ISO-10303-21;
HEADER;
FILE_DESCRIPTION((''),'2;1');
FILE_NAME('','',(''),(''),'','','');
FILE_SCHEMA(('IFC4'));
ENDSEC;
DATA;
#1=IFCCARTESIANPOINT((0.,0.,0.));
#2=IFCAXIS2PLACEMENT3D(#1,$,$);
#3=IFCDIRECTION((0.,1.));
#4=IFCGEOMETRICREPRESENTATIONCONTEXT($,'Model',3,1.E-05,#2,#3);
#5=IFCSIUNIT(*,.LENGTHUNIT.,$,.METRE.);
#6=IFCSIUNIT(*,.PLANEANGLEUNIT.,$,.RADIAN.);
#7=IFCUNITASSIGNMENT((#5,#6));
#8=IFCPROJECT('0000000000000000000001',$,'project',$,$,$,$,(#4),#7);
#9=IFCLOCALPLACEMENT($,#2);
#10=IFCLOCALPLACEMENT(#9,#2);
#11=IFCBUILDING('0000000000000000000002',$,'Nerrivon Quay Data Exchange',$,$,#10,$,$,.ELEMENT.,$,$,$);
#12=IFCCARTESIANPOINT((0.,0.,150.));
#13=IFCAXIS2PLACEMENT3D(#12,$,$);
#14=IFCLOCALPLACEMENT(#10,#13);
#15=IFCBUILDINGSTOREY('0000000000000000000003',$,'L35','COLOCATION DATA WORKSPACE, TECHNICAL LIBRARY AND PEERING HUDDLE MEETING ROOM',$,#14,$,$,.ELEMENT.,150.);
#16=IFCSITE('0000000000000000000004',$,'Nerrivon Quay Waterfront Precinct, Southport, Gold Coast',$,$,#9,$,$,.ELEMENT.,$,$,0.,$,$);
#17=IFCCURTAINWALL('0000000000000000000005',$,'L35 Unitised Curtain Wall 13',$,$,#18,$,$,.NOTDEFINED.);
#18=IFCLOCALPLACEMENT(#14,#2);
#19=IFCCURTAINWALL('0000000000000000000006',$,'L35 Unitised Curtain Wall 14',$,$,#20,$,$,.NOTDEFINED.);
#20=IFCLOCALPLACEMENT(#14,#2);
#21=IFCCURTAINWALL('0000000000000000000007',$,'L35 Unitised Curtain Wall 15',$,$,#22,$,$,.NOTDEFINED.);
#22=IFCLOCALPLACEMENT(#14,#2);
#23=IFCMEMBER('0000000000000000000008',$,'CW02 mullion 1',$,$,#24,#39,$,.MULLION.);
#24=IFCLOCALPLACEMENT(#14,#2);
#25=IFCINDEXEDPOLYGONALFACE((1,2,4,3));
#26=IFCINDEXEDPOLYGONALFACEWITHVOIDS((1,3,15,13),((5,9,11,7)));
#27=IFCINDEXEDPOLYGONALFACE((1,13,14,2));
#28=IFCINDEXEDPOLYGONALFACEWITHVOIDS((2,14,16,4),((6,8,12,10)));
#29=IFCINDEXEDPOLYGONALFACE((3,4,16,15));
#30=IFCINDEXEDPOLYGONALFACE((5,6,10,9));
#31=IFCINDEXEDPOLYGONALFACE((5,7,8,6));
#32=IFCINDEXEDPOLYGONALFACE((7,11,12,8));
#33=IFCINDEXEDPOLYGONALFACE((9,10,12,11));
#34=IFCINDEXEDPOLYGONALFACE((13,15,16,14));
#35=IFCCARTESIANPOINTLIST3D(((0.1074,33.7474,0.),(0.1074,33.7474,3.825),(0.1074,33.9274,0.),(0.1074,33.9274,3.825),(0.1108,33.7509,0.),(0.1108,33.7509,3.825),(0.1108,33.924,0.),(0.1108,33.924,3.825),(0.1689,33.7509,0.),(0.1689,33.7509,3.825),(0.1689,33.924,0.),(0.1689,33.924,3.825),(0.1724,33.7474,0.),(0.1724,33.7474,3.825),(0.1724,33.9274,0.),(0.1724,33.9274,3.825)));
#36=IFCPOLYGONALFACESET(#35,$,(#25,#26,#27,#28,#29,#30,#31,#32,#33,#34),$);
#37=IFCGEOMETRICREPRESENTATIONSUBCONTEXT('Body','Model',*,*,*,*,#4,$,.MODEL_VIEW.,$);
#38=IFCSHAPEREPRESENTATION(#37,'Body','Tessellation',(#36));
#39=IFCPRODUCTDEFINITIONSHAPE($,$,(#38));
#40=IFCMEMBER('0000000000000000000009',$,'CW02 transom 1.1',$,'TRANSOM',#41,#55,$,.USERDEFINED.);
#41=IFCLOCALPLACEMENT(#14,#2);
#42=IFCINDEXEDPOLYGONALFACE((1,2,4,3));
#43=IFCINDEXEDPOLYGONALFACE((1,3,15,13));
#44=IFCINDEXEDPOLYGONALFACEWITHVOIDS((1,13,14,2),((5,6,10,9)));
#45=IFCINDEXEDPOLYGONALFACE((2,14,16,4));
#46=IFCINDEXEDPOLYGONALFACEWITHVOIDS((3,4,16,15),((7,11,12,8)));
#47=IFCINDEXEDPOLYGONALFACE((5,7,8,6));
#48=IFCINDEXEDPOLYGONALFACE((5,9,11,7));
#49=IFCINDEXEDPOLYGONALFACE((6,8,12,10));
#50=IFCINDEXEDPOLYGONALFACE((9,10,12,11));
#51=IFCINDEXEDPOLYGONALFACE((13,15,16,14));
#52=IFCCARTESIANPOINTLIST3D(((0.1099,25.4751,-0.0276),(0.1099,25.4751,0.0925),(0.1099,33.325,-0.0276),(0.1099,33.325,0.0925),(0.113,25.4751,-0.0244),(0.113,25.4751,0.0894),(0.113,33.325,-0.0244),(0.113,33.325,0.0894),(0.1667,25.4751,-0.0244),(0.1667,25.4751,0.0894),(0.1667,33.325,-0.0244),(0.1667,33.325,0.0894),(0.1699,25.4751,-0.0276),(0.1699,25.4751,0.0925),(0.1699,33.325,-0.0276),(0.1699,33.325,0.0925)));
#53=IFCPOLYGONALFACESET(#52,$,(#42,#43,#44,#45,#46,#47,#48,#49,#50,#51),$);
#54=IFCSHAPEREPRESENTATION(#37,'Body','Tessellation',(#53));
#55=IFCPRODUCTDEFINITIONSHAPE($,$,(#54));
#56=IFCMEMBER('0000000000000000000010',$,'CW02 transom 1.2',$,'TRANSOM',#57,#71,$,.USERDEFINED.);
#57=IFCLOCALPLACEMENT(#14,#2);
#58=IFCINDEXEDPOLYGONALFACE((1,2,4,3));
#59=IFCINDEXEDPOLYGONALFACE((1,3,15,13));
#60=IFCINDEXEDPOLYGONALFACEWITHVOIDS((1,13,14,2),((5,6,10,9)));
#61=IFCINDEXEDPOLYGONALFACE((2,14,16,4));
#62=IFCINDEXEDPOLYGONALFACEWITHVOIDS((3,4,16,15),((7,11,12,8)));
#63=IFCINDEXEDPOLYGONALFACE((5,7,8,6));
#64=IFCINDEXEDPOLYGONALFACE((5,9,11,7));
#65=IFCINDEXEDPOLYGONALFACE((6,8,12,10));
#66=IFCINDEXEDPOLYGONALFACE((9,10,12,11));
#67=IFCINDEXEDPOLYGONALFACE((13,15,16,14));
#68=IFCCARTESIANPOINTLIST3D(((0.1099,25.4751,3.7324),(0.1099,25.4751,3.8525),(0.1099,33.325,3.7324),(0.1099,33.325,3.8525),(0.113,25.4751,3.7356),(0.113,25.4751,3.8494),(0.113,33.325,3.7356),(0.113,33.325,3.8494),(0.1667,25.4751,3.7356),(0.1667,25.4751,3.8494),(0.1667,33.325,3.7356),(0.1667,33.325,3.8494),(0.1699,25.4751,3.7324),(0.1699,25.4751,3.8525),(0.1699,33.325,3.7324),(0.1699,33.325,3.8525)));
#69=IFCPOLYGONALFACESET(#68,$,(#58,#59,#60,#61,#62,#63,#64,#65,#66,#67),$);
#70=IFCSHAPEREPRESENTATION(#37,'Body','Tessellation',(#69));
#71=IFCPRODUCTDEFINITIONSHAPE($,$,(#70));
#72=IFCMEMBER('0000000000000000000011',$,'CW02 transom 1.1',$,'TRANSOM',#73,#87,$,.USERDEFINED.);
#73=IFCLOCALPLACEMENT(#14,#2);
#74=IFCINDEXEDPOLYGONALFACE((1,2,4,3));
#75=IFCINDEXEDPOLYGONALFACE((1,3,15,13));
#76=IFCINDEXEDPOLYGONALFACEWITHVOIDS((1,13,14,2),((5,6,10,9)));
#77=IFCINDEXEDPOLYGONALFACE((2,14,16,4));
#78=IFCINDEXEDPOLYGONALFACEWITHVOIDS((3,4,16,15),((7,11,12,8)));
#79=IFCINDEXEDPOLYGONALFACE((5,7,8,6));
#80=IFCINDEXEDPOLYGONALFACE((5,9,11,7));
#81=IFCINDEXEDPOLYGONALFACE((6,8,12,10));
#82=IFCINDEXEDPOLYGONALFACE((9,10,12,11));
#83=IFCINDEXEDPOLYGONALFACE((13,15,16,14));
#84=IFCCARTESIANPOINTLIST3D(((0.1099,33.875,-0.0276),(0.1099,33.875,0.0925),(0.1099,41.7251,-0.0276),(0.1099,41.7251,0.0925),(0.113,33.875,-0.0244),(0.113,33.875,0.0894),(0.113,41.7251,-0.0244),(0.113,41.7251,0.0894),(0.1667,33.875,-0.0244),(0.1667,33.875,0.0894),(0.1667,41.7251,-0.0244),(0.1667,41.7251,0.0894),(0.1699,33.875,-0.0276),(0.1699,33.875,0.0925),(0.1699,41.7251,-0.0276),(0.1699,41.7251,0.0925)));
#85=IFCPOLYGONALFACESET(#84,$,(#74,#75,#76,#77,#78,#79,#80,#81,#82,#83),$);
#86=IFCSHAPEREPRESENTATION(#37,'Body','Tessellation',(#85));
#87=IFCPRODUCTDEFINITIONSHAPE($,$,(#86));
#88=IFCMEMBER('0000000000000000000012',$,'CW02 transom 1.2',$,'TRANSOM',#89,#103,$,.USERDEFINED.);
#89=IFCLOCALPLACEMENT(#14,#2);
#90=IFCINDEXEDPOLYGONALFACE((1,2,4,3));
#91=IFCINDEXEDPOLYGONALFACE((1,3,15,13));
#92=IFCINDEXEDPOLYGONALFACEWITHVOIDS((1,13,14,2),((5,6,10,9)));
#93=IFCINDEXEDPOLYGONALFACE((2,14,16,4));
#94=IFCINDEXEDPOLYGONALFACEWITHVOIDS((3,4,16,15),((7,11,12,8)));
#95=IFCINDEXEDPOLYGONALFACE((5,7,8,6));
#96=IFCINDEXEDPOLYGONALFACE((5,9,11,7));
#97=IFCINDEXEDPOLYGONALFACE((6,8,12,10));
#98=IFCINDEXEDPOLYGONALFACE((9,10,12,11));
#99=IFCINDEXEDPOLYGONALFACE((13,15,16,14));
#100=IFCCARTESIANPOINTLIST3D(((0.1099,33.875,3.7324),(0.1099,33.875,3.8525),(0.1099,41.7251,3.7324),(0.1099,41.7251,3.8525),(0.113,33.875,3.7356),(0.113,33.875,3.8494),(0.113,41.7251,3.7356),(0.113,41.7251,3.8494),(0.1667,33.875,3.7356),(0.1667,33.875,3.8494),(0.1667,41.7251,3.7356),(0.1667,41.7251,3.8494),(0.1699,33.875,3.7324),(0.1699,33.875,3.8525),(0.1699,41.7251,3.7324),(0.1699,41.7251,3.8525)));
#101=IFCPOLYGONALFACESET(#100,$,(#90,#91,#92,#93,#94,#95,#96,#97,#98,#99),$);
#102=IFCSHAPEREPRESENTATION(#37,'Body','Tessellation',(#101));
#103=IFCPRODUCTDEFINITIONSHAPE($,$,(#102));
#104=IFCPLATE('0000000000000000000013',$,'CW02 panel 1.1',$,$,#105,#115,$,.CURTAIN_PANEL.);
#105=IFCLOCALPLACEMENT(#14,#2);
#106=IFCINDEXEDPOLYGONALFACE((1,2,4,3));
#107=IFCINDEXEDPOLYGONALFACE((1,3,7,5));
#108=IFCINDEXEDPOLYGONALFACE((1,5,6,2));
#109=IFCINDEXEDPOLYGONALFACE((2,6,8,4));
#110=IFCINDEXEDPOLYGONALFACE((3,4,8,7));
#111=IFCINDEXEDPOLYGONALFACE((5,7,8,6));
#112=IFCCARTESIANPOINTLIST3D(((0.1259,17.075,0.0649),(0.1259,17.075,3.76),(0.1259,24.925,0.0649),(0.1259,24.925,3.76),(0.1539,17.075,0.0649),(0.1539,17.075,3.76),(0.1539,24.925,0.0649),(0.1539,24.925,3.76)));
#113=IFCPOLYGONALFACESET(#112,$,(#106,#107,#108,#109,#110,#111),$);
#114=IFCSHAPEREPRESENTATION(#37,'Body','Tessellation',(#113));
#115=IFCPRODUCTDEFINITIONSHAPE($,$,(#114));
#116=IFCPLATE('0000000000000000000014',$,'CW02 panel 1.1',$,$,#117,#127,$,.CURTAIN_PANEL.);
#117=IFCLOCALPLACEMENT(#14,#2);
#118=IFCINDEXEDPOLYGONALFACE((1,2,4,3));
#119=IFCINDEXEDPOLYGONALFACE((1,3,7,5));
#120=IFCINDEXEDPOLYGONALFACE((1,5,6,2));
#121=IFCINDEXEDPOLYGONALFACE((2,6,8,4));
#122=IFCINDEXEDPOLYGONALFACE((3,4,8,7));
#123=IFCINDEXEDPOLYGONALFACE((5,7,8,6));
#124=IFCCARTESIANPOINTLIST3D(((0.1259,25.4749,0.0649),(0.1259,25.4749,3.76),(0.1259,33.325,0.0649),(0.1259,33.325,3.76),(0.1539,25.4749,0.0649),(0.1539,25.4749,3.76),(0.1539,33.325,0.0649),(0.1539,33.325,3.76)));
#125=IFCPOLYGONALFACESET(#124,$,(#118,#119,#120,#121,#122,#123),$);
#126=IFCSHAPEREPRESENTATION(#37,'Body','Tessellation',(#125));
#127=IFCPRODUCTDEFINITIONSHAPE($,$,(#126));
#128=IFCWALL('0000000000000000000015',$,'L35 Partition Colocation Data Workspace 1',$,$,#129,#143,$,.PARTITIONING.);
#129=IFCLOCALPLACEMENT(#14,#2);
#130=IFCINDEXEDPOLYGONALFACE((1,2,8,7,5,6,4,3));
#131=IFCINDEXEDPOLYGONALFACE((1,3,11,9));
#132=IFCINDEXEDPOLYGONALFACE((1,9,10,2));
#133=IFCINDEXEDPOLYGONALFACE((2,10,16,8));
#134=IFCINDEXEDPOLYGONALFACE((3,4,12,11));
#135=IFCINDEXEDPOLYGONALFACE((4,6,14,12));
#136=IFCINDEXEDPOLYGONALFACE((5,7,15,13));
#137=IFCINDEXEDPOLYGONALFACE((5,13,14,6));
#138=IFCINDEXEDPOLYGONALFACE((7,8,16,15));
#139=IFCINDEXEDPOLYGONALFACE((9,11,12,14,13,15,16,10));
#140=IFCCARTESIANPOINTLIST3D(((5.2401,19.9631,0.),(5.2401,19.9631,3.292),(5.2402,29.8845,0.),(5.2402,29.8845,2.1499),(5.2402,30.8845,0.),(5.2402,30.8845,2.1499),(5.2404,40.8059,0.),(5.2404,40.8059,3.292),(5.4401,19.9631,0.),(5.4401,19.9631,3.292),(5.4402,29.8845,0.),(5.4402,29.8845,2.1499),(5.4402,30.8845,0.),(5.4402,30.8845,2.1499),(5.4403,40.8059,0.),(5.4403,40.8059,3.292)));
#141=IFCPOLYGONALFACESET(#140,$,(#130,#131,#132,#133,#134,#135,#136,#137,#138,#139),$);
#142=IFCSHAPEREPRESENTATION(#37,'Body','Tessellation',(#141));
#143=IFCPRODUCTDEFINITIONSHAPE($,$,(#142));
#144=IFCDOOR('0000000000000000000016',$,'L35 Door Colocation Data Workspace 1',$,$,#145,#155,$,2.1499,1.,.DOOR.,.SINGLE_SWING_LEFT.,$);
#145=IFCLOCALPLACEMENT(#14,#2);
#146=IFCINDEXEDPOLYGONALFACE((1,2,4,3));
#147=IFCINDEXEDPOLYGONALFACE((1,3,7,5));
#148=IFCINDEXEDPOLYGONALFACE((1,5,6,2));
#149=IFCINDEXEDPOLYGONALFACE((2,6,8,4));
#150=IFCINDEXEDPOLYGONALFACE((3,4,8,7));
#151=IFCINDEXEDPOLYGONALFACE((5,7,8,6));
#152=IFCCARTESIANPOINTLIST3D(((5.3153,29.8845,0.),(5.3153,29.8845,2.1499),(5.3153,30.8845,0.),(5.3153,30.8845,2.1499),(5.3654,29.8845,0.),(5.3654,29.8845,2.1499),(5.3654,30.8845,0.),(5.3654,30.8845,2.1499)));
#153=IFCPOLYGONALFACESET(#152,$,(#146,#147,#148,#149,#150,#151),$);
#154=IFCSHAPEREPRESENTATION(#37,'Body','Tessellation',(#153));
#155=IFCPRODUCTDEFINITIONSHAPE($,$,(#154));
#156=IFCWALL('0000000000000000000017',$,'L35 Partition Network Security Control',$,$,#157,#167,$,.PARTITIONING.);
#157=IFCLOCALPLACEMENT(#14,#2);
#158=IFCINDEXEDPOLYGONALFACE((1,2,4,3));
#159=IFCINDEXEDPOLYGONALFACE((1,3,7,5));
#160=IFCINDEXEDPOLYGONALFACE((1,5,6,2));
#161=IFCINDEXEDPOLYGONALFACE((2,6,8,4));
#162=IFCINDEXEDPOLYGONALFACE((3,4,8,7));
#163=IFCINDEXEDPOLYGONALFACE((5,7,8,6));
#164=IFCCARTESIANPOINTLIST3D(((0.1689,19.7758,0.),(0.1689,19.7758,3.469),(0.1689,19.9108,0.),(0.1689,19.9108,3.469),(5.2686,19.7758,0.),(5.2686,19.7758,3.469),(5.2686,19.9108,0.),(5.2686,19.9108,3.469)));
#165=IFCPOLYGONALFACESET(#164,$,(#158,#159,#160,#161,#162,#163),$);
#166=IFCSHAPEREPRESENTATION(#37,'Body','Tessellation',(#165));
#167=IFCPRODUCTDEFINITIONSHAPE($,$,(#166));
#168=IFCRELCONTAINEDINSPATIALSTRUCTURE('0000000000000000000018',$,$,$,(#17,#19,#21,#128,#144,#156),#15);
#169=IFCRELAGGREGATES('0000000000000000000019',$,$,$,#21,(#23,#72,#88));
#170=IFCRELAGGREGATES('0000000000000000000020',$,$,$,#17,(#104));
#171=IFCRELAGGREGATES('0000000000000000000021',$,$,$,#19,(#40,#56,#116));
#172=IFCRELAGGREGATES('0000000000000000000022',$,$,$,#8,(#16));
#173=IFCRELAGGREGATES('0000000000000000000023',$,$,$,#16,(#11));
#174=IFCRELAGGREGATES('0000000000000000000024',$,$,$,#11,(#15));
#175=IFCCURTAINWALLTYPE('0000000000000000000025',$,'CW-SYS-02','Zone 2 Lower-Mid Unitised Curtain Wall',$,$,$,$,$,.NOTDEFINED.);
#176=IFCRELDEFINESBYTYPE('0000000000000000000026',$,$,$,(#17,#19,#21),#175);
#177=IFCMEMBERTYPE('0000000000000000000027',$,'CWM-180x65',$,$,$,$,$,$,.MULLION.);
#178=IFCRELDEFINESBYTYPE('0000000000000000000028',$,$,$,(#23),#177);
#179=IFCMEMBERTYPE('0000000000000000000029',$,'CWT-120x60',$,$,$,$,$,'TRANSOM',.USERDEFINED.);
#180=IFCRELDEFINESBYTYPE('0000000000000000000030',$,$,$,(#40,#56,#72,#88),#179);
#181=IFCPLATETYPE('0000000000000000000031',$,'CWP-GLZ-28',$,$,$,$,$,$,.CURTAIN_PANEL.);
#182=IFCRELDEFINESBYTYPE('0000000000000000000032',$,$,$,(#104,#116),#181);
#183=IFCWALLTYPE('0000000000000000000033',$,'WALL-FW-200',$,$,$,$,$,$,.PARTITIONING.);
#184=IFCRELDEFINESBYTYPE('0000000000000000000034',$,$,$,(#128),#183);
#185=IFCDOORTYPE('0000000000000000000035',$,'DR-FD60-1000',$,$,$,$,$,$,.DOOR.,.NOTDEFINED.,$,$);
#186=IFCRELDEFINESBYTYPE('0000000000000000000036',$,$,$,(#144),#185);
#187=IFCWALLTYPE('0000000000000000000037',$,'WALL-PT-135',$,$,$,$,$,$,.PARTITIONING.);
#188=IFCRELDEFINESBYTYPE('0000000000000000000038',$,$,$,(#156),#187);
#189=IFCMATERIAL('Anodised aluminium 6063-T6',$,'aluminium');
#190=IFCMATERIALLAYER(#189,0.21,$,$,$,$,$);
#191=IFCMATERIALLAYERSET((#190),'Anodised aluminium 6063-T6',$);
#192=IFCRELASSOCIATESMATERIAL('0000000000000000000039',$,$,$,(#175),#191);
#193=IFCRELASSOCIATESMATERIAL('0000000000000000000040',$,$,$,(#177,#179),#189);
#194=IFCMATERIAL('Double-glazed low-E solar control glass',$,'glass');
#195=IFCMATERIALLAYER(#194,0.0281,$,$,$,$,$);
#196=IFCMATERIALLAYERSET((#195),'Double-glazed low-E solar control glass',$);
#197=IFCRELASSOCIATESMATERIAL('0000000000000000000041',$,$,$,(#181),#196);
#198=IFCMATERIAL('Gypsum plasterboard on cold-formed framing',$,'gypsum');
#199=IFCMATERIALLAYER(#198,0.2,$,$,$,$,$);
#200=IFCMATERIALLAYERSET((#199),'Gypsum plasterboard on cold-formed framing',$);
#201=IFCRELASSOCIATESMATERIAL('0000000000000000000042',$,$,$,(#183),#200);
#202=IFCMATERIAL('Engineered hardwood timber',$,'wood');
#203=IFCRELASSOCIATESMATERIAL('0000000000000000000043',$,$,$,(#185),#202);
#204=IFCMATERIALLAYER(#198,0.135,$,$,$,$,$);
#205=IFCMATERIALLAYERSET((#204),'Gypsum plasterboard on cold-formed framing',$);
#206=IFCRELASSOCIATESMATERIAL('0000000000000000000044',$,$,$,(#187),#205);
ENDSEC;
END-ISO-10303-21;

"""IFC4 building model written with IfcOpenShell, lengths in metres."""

from ifc_helpers import new_model, si_unit, direction, frame, frame_2d, origin, origin_2d, place, context, subcontext, project, spatial, rectangle, hollow_rectangle, extrude, material, layer, layer_set, material_profile, profile_set, type_object, element, fill, aggregate, save


model = new_model("IFC4")

# Units and contexts
model_context = context("Model", 3, precision=1e-05, world=origin(), true_north=direction((0.0, 1.0)))
body_context = subcontext(model_context, "Body", "Model", "MODEL_VIEW")
ifc_project = project(units=[si_unit("LENGTHUNIT", "METRE"), si_unit("PLANEANGLEUNIT", "RADIAN")], contexts=[model_context])

# Site, building, storey
site_placement = place(None, origin())
site = spatial("IfcSite", under=ifc_project, at=site_placement, Name="Nerrivon Quay Waterfront Precinct, Southport, Gold Coast", CompositionType="ELEMENT", RefElevation=0.0)
building_placement = place(site_placement, origin())
building = spatial("IfcBuilding", under=site, at=building_placement, Name="Nerrivon Quay Data Exchange", CompositionType="ELEMENT")
storey_placement = place(building_placement, frame((0.0, 0.0, 150.0)))
storey = spatial("IfcBuildingStorey", under=building, at=storey_placement, Name="L35", Description="COLOCATION DATA WORKSPACE, TECHNICAL LIBRARY AND PEERING HUDDLE MEETING ROOM", CompositionType="ELEMENT", Elevation=150.0)

# Curtain wall
ifc_material_1 = material(Name="Anodised aluminium 6063-T6", Category="aluminium")
ifc_layer_1 = layer(ifc_material_1, 0.21)
ifc_layer_set_1 = layer_set([ifc_layer_1], Name="Anodised aluminium 6063-T6")
curtain_wall_type = type_object("IfcCurtainWallType", Name="CW-SYS-02", Description="Zone 2 Lower-Mid Unitised Curtain Wall", PredefinedType="NOTDEFINED", material=ifc_layer_set_1)
curtain_wall_1_placement = place(storey_placement, origin())
curtain_wall_1 = element("IfcCurtainWall", 1, at=curtain_wall_1_placement, inside=storey, type_object=curtain_wall_type, Name="L35 Unitised Curtain Wall 13", PredefinedType="NOTDEFINED")
ifc_material_profile_1 = material_profile(ifc_material_1, hollow_rectangle(XDim=0.0649, YDim=0.1799, WallThickness=0.0034, at=origin_2d()), Name="ALU-MULL-180x65")
ifc_profile_set_1 = profile_set([ifc_material_profile_1], Name="Anodised aluminium 6063-T6")
member_type_1 = type_object("IfcMemberType", Name="CWM-180x65", PredefinedType="MULLION", material=ifc_profile_set_1)

# Curtain wall
curtain_wall_2_placement = place(storey_placement, origin())
curtain_wall_2 = element("IfcCurtainWall", 2, at=curtain_wall_2_placement, inside=storey, type_object=curtain_wall_type, Name="L35 Unitised Curtain Wall 14", PredefinedType="NOTDEFINED")

# Curtain wall, member
curtain_wall_3_placement = place(storey_placement, origin())
curtain_wall_3 = element("IfcCurtainWall", 3, at=curtain_wall_3_placement, inside=storey, type_object=curtain_wall_type, Name="L35 Unitised Curtain Wall 15", PredefinedType="NOTDEFINED")
member_1_placement = place(storey_placement, frame((0.1399, 33.8374, 0.0), z_axis=(0.0, 0.0, 1.0), x_axis=(-1.0, 0.0, 0.0)))
member_1 = element("IfcMember", 4, at=member_1_placement, type_object=member_type_1, Name="CW02 mullion 1", PredefinedType="MULLION", context=body_context, shape_type="SweptSolid", body=[
    extrude(hollow_rectangle(XDim=0.0649, YDim=0.1799, WallThickness=0.0034, at=origin_2d()), origin(), (0.0, 0.0, 1.0), 3.825),
])

# Members
ifc_material_profile_2 = material_profile(ifc_material_1, hollow_rectangle(XDim=0.0601, YDim=0.1201, WallThickness=0.0032, at=origin_2d()), Name="ALU-TRAN-120x60")
ifc_profile_set_2 = profile_set([ifc_material_profile_2], Name="Anodised aluminium 6063-T6")
member_type_2 = type_object("IfcMemberType", Name="CWT-120x60", ElementType="TRANSOM", PredefinedType="USERDEFINED", material=ifc_profile_set_2)
member_2_placement = place(storey_placement, frame((0.1399, 25.4751, 0.0325), z_axis=(0.0, 1.0, 0.0), x_axis=(-1.0, 0.0, 0.0)))
member_2 = element("IfcMember", 5, at=member_2_placement, type_object=member_type_2, Name="CW02 transom 1.1", ObjectType="TRANSOM", PredefinedType="USERDEFINED", context=body_context, shape_type="SweptSolid", body=[
    extrude(hollow_rectangle(XDim=0.0601, YDim=0.1201, WallThickness=0.0032, at=origin_2d()), origin(), (0.0, 0.0, 1.0), 7.8499),
])
member_3_placement = place(storey_placement, frame((0.1399, 25.4751, 3.7925), z_axis=(0.0, 1.0, 0.0), x_axis=(-1.0, 0.0, 0.0)))
member_3 = element("IfcMember", 6, at=member_3_placement, type_object=member_type_2, Name="CW02 transom 1.2", ObjectType="TRANSOM", PredefinedType="USERDEFINED", context=body_context, shape_type="SweptSolid", body=[
    extrude(hollow_rectangle(XDim=0.0601, YDim=0.1201, WallThickness=0.0032, at=origin_2d()), origin(), (0.0, 0.0, 1.0), 7.8499),
])
member_4_placement = place(storey_placement, frame((0.1399, 33.875, 0.0325), z_axis=(0.0, 1.0, 0.0), x_axis=(-1.0, 0.0, 0.0)))
member_4 = element("IfcMember", 7, at=member_4_placement, type_object=member_type_2, Name="CW02 transom 1.1", ObjectType="TRANSOM", PredefinedType="USERDEFINED", context=body_context, shape_type="SweptSolid", body=[
    extrude(hollow_rectangle(XDim=0.0601, YDim=0.1201, WallThickness=0.0032, at=origin_2d()), origin(), (0.0, 0.0, 1.0), 7.8501),
])
member_5_placement = place(storey_placement, frame((0.1399, 33.875, 3.7925), z_axis=(0.0, 1.0, 0.0), x_axis=(-1.0, 0.0, 0.0)))
member_5 = element("IfcMember", 8, at=member_5_placement, type_object=member_type_2, Name="CW02 transom 1.2", ObjectType="TRANSOM", PredefinedType="USERDEFINED", context=body_context, shape_type="SweptSolid", body=[
    extrude(hollow_rectangle(XDim=0.0601, YDim=0.1201, WallThickness=0.0032, at=origin_2d()), origin(), (0.0, 0.0, 1.0), 7.8501),
])
aggregate(curtain_wall_3, [member_1, member_4, member_5])

# Plates
ifc_material_2 = material(Name="Double-glazed low-E solar control glass", Category="glass")
ifc_layer_2 = layer(ifc_material_2, 0.0281)
ifc_layer_set_2 = layer_set([ifc_layer_2], Name="Double-glazed low-E solar control glass")
plate_type = type_object("IfcPlateType", Name="CWP-GLZ-28", PredefinedType="CURTAIN_PANEL", material=ifc_layer_set_2)
plate_1_placement = place(storey_placement, frame((0.1399, 21.0, 0.0649), z_axis=(0.0, 0.0, 1.0), x_axis=(0.0, 1.0, 0.0)))
plate_1 = element("IfcPlate", 9, at=plate_1_placement, type_object=plate_type, Name="CW02 panel 1.1", PredefinedType="CURTAIN_PANEL", context=body_context, shape_type="SweptSolid", body=[
    extrude(rectangle(XDim=7.8501, YDim=0.0281, at=origin_2d()), origin(), (0.0, 0.0, 1.0), 3.6951),
])
aggregate(curtain_wall_1, [plate_1])
plate_2_placement = place(storey_placement, frame((0.1399, 29.3999, 0.0649), z_axis=(0.0, 0.0, 1.0), x_axis=(0.0, 1.0, 0.0)))
plate_2 = element("IfcPlate", 10, at=plate_2_placement, type_object=plate_type, Name="CW02 panel 1.1", PredefinedType="CURTAIN_PANEL", context=body_context, shape_type="SweptSolid", body=[
    extrude(rectangle(XDim=7.8501, YDim=0.0281, at=origin_2d()), origin(), (0.0, 0.0, 1.0), 3.6951),
])
aggregate(curtain_wall_2, [member_2, member_3, plate_2])

# Wall, opening, door
ifc_material_3 = material(Name="Gypsum plasterboard on cold-formed framing", Category="gypsum")
ifc_layer_3 = layer(ifc_material_3, 0.2)
ifc_layer_set_3 = layer_set([ifc_layer_3], Name="Gypsum plasterboard on cold-formed framing")
wall_type_1 = type_object("IfcWallType", Name="WALL-FW-200", PredefinedType="PARTITIONING", material=ifc_layer_set_3)
wall_1_placement = place(storey_placement, frame((5.3401, 19.9631, 0.0), z_axis=(0.0, 0.0, 1.0), x_axis=(0.000012, 1.0, 0.0)))
wall_1 = element("IfcWall", 11, at=wall_1_placement, inside=storey, type_object=wall_type_1, Name="L35 Partition Colocation Data Workspace 1", PredefinedType="PARTITIONING", context=body_context, shape_type="SweptSolid", body=[
    extrude(rectangle(XDim=20.8428, YDim=0.2, at=frame_2d((10.4214, 0.0))), origin(), (0.0, 0.0, 1.0), 3.292),
])
opening_1_placement = place(wall_1_placement, frame((9.9214, 0.0, 0.0)))
opening_1 = element("IfcOpeningElement", 12, at=opening_1_placement, cuts=wall_1, PredefinedType="OPENING", context=body_context, shape_type="SweptSolid", body=[
    extrude(rectangle(XDim=1.0, YDim=2.1499, at=frame_2d((0.5, 1.075))), frame((0.0, 0.1099, 0.0), z_axis=(0.0, -1.0, 0.0), x_axis=(1.0, 0.0, 0.0)), (0.0, 0.0, 1.0), 0.22),
])
ifc_material_4 = material(Name="Engineered hardwood timber", Category="wood")
door_type_1 = type_object("IfcDoorType", Name="DR-FD60-1000", OperationType="NOTDEFINED", PredefinedType="DOOR", material=ifc_material_4)
door_1_placement = place(opening_1_placement, origin())
door_1 = element("IfcDoor", 13, at=door_1_placement, inside=storey, type_object=door_type_1, Name="L35 Door Colocation Data Workspace 1", OperationType="SINGLE_SWING_LEFT", OverallHeight=2.1499, OverallWidth=1.0, PredefinedType="DOOR", context=body_context, shape_type="SweptSolid", body=[
    extrude(rectangle(XDim=1.0, YDim=2.1499, at=frame_2d((0.5, 1.075))), frame((0.0, 0.0249, 0.0), z_axis=(0.0, -1.0, 0.0), x_axis=(1.0, 0.0, 0.0)), (0.0, 0.0, 1.0), 0.05),
])
fill(opening_1, door_1)

# Wall
ifc_layer_4 = layer(ifc_material_3, 0.135)
ifc_layer_set_4 = layer_set([ifc_layer_4], Name="Gypsum plasterboard on cold-formed framing")
wall_type_2 = type_object("IfcWallType", Name="WALL-PT-135", PredefinedType="PARTITIONING", material=ifc_layer_set_4)
wall_2_placement = place(storey_placement, frame((5.2686, 19.8433, 0.0), z_axis=(0.0, 0.0, 1.0), x_axis=(-1.0, 0.0, 0.0)))
element("IfcWall", 14, at=wall_2_placement, inside=storey, type_object=wall_type_2, Name="L35 Partition Network Security Control", PredefinedType="PARTITIONING", context=body_context, shape_type="SweptSolid", body=[
    extrude(rectangle(XDim=5.0996, YDim=0.135, at=frame_2d((2.5498, 0.0))), origin(), (0.0, 0.0, 1.0), 3.469),
])

save(model, "model.ifc")
